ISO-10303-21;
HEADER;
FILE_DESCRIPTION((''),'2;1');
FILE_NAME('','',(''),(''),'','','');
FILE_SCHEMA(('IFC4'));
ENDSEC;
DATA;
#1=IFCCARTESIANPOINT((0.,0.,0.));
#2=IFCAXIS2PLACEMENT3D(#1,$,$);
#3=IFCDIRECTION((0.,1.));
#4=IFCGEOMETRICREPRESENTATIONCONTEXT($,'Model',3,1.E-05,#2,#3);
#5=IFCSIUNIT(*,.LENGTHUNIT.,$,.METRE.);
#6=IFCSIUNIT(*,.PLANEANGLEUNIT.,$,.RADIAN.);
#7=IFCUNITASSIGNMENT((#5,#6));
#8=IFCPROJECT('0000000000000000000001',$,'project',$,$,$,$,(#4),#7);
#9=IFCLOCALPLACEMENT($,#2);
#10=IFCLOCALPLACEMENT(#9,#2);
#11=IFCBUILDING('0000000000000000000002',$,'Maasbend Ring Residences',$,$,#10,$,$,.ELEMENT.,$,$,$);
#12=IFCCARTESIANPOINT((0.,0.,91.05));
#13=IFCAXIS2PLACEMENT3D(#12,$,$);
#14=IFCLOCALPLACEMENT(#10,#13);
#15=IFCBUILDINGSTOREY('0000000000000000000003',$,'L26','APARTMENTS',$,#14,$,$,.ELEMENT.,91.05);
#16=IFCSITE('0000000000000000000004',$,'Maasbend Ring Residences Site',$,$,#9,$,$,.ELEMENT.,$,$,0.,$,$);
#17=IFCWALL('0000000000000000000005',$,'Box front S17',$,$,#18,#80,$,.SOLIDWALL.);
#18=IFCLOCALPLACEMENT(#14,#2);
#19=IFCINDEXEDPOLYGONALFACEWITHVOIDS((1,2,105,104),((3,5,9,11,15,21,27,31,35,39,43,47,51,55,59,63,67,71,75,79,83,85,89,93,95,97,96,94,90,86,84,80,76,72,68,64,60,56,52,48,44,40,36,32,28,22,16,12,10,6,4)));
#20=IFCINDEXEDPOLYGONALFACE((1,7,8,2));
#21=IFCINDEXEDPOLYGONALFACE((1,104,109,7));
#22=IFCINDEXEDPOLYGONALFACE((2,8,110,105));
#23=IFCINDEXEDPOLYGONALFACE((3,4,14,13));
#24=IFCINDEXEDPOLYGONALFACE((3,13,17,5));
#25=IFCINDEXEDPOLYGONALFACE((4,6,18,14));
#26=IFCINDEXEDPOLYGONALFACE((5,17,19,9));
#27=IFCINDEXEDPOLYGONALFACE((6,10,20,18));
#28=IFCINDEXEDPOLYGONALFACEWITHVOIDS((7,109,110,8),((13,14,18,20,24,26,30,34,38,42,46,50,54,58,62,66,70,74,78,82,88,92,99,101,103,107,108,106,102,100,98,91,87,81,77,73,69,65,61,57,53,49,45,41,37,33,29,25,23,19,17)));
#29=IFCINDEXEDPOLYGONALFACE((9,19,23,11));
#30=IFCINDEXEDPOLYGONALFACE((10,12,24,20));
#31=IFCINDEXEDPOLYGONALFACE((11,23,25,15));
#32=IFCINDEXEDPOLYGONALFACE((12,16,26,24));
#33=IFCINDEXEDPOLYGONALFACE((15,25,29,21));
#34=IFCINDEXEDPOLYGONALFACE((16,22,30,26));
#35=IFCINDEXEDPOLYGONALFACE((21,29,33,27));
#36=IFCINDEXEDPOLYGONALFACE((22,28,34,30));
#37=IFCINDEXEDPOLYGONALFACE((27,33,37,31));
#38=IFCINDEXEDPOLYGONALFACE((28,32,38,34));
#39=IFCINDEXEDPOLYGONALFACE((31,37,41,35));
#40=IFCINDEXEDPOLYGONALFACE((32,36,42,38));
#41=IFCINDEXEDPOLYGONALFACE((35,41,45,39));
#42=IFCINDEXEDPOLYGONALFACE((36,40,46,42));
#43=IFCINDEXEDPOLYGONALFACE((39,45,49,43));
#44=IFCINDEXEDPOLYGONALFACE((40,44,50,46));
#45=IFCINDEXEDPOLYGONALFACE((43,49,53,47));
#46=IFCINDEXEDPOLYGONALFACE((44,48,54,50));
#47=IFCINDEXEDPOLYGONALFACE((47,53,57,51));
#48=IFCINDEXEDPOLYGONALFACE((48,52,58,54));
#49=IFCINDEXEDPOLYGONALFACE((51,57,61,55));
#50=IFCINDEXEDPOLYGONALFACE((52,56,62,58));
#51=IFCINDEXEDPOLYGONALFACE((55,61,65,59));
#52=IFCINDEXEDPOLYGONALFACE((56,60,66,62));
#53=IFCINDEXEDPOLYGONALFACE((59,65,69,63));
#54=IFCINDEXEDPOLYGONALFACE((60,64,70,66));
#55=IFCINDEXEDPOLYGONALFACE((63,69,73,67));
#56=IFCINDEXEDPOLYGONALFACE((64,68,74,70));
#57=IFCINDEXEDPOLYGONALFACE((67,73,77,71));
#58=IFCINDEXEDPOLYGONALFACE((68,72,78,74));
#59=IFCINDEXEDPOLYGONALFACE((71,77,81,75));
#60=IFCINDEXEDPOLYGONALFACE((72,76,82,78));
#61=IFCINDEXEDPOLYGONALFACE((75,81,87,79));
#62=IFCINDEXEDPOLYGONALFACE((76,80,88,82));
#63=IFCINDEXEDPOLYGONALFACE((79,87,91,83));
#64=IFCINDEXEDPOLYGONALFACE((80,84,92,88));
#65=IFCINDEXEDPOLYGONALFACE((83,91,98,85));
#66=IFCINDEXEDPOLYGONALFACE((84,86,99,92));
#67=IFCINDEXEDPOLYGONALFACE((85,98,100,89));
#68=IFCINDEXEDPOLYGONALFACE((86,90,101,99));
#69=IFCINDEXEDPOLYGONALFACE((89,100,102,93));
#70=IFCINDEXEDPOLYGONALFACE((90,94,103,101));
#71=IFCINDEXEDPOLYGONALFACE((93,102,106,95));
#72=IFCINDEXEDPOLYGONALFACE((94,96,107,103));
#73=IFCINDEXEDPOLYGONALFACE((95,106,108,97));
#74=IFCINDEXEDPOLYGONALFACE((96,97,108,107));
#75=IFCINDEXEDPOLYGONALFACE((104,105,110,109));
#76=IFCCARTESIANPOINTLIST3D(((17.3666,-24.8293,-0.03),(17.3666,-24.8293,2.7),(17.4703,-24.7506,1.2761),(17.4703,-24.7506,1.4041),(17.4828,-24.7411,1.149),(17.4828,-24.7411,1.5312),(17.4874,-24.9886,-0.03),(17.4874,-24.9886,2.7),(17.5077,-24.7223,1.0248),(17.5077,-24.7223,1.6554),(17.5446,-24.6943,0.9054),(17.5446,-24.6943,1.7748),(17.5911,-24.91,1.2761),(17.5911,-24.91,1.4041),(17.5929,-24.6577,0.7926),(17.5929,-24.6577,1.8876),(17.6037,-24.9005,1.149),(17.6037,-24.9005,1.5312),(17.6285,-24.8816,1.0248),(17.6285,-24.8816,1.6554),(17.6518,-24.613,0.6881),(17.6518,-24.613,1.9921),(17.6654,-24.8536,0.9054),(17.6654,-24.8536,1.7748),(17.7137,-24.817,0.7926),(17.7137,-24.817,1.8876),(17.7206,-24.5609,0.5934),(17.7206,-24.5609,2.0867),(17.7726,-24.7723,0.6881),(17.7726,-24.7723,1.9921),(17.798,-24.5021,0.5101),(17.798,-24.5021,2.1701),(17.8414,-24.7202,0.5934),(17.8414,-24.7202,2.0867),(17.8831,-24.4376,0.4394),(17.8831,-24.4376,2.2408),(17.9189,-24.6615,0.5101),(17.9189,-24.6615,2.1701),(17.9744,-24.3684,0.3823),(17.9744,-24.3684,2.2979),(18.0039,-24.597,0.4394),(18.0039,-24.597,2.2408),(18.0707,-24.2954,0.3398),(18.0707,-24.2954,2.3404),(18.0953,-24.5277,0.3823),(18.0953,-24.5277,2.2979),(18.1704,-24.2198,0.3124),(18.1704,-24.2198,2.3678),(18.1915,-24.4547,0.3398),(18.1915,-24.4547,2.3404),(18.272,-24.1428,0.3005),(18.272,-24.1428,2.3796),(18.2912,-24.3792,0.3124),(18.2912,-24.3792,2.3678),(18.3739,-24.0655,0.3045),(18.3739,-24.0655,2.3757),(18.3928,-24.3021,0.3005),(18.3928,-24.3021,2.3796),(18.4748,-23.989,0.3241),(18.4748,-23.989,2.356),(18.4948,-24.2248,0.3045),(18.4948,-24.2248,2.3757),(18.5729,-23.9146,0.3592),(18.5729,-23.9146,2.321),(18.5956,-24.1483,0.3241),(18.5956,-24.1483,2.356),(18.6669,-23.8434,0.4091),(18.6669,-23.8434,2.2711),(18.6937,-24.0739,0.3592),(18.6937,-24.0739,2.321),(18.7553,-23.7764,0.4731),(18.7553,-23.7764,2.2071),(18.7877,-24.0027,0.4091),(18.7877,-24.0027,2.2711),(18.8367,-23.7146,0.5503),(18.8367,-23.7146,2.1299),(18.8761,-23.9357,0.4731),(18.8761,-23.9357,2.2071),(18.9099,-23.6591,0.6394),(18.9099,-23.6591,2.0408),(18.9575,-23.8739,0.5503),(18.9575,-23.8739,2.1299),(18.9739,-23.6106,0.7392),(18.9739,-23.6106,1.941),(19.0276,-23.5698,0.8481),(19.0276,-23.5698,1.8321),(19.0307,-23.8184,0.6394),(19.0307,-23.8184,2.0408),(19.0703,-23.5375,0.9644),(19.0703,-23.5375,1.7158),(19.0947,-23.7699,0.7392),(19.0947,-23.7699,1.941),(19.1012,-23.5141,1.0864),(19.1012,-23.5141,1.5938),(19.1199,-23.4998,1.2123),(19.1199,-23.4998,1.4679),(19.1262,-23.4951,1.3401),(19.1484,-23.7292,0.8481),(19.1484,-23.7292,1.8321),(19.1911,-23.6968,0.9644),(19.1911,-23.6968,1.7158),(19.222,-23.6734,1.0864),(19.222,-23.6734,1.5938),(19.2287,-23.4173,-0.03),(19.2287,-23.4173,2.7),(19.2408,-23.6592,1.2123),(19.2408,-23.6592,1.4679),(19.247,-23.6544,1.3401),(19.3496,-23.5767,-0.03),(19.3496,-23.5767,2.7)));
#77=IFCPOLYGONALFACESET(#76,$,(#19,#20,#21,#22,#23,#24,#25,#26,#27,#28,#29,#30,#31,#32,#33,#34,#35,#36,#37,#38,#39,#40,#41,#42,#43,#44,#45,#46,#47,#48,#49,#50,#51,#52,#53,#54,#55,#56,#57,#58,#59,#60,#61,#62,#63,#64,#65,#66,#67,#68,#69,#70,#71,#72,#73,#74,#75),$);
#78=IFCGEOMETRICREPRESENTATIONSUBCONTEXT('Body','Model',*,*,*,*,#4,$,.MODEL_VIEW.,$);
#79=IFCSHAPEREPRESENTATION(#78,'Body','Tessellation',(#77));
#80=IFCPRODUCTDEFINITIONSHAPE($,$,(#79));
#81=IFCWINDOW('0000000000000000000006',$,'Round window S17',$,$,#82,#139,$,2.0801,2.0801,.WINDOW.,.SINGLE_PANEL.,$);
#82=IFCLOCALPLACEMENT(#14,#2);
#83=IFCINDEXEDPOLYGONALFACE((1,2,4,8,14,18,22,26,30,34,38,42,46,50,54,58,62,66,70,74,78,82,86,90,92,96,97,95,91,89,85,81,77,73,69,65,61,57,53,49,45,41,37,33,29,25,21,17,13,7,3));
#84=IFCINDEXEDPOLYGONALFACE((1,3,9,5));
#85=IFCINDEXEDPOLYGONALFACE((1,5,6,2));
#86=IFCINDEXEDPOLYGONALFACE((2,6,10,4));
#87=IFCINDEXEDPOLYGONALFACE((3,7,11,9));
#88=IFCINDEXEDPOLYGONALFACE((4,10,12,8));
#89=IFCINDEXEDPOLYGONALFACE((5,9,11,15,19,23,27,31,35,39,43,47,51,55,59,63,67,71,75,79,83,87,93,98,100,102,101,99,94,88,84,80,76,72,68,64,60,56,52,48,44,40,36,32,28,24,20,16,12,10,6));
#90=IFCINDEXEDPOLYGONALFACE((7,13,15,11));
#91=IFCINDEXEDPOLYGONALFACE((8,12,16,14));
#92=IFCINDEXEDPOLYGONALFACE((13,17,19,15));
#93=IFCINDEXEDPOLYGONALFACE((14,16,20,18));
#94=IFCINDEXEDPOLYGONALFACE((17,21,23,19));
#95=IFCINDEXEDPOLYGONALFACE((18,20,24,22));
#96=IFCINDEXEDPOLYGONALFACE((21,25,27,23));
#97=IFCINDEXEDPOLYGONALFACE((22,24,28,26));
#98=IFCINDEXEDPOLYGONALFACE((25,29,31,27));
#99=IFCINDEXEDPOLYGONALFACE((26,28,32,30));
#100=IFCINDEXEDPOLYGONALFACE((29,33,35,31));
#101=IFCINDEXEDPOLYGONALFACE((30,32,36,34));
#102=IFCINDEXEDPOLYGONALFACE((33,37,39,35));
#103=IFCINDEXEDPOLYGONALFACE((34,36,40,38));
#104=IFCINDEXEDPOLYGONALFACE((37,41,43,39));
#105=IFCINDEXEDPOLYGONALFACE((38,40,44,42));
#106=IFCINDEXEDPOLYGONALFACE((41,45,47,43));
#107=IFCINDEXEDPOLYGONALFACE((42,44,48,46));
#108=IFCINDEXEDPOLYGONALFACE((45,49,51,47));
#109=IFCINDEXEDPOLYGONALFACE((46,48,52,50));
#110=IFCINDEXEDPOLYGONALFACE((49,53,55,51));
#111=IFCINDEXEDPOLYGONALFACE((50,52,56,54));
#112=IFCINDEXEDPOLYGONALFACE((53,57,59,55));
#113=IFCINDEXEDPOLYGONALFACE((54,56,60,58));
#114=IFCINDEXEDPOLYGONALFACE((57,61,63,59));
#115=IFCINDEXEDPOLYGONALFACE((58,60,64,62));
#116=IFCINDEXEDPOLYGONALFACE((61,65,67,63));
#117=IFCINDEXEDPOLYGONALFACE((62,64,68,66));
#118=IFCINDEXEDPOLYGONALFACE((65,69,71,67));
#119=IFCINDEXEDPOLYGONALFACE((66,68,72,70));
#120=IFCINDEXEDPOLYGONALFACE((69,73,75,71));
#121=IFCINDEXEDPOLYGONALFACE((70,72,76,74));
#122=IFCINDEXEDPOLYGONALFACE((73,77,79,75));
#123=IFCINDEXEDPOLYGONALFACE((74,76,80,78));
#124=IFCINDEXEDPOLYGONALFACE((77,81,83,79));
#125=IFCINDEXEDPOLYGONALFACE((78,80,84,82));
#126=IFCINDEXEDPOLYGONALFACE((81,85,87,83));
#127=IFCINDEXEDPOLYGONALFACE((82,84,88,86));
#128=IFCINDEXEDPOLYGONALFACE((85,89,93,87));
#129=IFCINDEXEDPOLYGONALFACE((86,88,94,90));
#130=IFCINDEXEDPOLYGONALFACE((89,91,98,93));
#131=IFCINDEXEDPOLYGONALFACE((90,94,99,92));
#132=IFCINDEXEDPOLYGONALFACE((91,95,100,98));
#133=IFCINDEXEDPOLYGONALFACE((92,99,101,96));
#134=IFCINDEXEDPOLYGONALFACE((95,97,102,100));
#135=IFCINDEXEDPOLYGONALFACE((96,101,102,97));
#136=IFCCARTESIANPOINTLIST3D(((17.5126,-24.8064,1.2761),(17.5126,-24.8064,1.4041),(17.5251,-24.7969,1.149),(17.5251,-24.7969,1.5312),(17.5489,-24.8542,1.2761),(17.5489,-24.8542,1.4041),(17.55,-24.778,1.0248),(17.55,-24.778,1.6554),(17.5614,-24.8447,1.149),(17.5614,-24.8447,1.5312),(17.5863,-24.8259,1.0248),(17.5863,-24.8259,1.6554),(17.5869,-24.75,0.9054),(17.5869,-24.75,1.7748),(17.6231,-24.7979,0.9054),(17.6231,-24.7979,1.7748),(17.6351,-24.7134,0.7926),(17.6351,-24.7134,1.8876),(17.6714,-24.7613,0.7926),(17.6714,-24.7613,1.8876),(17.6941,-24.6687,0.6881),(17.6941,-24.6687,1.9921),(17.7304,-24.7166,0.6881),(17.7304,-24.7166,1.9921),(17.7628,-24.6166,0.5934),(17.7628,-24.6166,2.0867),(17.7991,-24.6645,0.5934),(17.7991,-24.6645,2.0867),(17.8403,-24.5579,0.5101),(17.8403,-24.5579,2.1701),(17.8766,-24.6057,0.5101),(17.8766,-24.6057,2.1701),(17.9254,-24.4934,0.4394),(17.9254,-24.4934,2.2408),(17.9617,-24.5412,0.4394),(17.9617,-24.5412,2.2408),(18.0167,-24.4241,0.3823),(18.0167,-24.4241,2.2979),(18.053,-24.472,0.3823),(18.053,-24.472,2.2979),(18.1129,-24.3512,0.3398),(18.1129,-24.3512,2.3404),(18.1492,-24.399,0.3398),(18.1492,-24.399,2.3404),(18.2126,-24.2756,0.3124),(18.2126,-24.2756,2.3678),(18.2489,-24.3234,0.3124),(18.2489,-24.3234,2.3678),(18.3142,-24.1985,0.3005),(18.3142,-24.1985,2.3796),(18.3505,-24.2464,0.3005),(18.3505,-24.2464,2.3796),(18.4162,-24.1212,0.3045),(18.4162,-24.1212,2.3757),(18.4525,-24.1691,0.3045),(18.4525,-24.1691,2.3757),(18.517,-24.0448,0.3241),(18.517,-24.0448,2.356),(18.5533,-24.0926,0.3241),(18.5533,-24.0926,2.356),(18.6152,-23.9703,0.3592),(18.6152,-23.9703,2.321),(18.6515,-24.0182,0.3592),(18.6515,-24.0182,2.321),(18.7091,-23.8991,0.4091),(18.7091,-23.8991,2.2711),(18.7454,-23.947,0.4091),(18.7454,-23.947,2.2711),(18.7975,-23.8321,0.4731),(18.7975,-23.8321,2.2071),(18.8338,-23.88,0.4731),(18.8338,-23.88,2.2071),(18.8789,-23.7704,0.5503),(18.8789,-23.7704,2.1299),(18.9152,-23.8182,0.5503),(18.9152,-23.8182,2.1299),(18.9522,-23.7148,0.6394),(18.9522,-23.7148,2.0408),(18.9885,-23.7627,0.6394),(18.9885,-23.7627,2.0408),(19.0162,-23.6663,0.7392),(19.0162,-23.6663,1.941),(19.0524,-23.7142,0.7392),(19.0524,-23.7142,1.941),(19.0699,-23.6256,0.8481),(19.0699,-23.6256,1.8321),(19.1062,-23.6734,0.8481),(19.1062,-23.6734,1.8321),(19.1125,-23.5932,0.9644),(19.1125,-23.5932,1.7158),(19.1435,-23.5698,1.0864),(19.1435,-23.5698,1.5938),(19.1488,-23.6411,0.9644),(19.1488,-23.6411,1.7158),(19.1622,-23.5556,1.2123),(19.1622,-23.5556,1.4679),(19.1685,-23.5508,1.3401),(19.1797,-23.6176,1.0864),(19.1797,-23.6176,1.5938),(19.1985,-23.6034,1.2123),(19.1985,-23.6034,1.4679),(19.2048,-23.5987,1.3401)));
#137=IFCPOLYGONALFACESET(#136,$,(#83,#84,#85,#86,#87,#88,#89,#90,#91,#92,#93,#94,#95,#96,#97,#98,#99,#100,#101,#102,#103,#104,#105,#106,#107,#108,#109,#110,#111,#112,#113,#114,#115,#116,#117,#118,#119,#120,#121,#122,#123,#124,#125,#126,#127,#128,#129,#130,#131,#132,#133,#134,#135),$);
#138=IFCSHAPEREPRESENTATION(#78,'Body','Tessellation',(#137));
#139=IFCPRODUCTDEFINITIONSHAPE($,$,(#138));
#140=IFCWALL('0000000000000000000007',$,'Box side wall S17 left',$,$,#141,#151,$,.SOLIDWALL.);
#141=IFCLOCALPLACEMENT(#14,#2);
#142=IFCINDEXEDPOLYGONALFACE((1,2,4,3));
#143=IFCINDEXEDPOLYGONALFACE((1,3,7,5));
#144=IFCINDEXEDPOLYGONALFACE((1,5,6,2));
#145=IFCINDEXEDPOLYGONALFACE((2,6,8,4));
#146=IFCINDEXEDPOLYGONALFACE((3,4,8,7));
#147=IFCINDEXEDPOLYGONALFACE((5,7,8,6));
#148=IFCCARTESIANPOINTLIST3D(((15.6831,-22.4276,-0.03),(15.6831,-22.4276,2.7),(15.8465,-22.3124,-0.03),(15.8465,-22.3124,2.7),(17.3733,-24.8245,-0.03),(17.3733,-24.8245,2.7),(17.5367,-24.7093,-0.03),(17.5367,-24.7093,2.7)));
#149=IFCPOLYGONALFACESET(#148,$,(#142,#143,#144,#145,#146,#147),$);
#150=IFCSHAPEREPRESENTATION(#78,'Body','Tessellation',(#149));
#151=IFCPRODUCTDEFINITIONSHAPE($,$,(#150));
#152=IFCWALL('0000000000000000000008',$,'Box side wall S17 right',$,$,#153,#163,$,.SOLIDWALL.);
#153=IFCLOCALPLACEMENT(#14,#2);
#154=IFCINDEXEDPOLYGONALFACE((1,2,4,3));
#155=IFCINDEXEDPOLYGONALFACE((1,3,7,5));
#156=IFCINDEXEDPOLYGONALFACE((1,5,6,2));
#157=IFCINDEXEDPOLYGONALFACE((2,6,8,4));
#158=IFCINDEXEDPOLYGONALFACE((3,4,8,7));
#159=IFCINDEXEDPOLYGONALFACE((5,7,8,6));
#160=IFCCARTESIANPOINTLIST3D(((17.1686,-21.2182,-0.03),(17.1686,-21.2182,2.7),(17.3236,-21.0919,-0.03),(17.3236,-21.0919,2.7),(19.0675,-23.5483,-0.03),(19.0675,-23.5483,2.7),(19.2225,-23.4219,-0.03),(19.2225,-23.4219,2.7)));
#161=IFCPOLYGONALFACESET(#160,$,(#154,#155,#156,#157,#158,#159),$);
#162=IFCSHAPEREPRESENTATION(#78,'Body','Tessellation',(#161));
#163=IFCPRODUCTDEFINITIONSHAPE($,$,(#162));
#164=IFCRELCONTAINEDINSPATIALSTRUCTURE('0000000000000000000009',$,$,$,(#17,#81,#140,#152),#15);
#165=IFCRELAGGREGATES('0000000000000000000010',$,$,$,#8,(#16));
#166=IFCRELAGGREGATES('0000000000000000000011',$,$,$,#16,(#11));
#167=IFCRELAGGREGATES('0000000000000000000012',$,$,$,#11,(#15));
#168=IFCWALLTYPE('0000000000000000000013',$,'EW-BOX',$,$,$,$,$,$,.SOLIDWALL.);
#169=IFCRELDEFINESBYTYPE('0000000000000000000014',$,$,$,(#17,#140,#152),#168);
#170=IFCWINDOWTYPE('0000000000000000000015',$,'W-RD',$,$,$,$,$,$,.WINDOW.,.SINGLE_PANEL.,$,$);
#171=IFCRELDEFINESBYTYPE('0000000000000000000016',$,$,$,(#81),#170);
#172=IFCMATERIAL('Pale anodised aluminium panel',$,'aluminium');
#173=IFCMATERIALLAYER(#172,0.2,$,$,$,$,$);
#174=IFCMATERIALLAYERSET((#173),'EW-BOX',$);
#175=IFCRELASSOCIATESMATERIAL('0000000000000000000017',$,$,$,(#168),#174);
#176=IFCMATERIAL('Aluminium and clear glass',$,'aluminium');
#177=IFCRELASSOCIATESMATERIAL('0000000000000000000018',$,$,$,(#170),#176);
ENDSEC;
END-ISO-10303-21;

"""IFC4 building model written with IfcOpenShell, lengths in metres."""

from ifc_helpers import new_model, si_unit, direction, frame, frame_2d, origin, place, context, subcontext, project, spatial, rectangle, circle, extrude, material, layer, layer_set, type_object, element, fill, save


model = new_model("IFC4")

# Units and contexts
model_context = context("Model", 3, precision=1e-05, world=origin(), true_north=direction((0.0, 1.0)))
body_context = subcontext(model_context, "Body", "Model", "MODEL_VIEW")
ifc_project = project(units=[si_unit("LENGTHUNIT", "METRE"), si_unit("PLANEANGLEUNIT", "RADIAN")], contexts=[model_context])

# Site, building, storey
site_placement = place(None, origin())
site = spatial("IfcSite", under=ifc_project, at=site_placement, Name="Maasbend Ring Residences Site", CompositionType="ELEMENT", RefElevation=0.0)
building_placement = place(site_placement, origin())
building = spatial("IfcBuilding", under=site, at=building_placement, Name="Maasbend Ring Residences", CompositionType="ELEMENT")
storey_placement = place(building_placement, frame((0.0, 0.0, 91.05)))
storey = spatial("IfcBuildingStorey", under=building, at=storey_placement, Name="L26", Description="APARTMENTS", CompositionType="ELEMENT", Elevation=91.05)

# Shared definitions
ifc_material_1 = material(Name="Pale anodised aluminium panel", Category="aluminium")
ifc_layer_1 = layer(ifc_material_1, 0.2)
ifc_layer_set_1 = layer_set([ifc_layer_1], Name="EW-BOX")
wall_type_1 = type_object("IfcWallType", Name="EW-BOX", PredefinedType="SOLIDWALL", material=ifc_layer_set_1)
ifc_material_2 = material(Name="Aluminium and clear glass", Category="aluminium")
window_type_1 = type_object("IfcWindowType", Name="W-RD", PartitioningType="SINGLE_PANEL", PredefinedType="WINDOW", material=ifc_material_2)

# Wall, opening, window
wall_1_placement = place(storey_placement, frame((17.427, -24.9089, -0.03), z_axis=(0.0, 0.0, 1.0), x_axis=(0.796842, 0.604188, 0.0)))
wall_1 = element("IfcWall", 1, at=wall_1_placement, inside=storey, type_object=wall_type_1, Name="Box front S17", PredefinedType="SOLIDWALL", context=body_context, shape_type="SweptSolid", body=[
    extrude(rectangle(XDim=2.3369, YDim=0.2, at=frame_2d((1.1685, 0.0))), origin(), (0.0, 0.0, 1.0), 2.73),
])
opening_1_placement = place(wall_1_placement, frame((0.1282, 0.0, 0.3301)))
opening_1 = element("IfcOpeningElement", 2, at=opening_1_placement, cuts=wall_1, PredefinedType="OPENING", context=body_context, shape_type="SweptSolid", body=[
    extrude(circle(Radius=1.04, at=frame_2d((1.04, 1.04))), frame((0.0, 0.1099, 0.0), z_axis=(0.0, -1.0, 0.0), x_axis=(1.0, 0.0, 0.0)), (0.0, 0.0, 1.0), 0.22),
])
window_1_placement = place(opening_1_placement, origin())
window_1 = element("IfcWindow", 3, at=window_1_placement, inside=storey, type_object=window_type_1, Name="Round window S17", OverallHeight=2.0801, OverallWidth=2.0801, PartitioningType="SINGLE_PANEL", PredefinedType="WINDOW", context=body_context, shape_type="SweptSolid", body=[
    extrude(circle(Radius=1.04, at=frame_2d((1.04, 1.04))), frame((0.0, 0.03, 0.0), z_axis=(0.0, -1.0, 0.0), x_axis=(1.0, 0.0, 0.0)), (0.0, 0.0, 1.0), 0.0601),
])
fill(opening_1, window_1)

# Walls
wall_2_placement = place(storey_placement, frame((15.7649, -22.3701, -0.03), z_axis=(0.0, 0.0, 1.0), x_axis=(0.576275, -0.817256, 0.0)))
element("IfcWall", 4, at=wall_2_placement, inside=storey, type_object=wall_type_1, Name="Box side wall S17 left", PredefinedType="SOLIDWALL", context=body_context, shape_type="SweptSolid", body=[
    extrude(rectangle(XDim=2.9329, YDim=0.2, at=frame_2d((1.4663, 0.0))), origin(), (0.0, 0.0, 1.0), 2.73),
])
wall_3_placement = place(storey_placement, frame((17.2461, -21.155, -0.03), z_axis=(0.0, 0.0, 1.0), x_axis=(0.631742, -0.775179, 0.0)))
element("IfcWall", 5, at=wall_3_placement, inside=storey, type_object=wall_type_1, Name="Box side wall S17 right", PredefinedType="SOLIDWALL", context=body_context, shape_type="SweptSolid", body=[
    extrude(rectangle(XDim=3.0059, YDim=0.2, at=frame_2d((1.5029, 0.0))), origin(), (0.0, 0.0, 1.0), 2.73),
])

save(model, "model.ifc")
